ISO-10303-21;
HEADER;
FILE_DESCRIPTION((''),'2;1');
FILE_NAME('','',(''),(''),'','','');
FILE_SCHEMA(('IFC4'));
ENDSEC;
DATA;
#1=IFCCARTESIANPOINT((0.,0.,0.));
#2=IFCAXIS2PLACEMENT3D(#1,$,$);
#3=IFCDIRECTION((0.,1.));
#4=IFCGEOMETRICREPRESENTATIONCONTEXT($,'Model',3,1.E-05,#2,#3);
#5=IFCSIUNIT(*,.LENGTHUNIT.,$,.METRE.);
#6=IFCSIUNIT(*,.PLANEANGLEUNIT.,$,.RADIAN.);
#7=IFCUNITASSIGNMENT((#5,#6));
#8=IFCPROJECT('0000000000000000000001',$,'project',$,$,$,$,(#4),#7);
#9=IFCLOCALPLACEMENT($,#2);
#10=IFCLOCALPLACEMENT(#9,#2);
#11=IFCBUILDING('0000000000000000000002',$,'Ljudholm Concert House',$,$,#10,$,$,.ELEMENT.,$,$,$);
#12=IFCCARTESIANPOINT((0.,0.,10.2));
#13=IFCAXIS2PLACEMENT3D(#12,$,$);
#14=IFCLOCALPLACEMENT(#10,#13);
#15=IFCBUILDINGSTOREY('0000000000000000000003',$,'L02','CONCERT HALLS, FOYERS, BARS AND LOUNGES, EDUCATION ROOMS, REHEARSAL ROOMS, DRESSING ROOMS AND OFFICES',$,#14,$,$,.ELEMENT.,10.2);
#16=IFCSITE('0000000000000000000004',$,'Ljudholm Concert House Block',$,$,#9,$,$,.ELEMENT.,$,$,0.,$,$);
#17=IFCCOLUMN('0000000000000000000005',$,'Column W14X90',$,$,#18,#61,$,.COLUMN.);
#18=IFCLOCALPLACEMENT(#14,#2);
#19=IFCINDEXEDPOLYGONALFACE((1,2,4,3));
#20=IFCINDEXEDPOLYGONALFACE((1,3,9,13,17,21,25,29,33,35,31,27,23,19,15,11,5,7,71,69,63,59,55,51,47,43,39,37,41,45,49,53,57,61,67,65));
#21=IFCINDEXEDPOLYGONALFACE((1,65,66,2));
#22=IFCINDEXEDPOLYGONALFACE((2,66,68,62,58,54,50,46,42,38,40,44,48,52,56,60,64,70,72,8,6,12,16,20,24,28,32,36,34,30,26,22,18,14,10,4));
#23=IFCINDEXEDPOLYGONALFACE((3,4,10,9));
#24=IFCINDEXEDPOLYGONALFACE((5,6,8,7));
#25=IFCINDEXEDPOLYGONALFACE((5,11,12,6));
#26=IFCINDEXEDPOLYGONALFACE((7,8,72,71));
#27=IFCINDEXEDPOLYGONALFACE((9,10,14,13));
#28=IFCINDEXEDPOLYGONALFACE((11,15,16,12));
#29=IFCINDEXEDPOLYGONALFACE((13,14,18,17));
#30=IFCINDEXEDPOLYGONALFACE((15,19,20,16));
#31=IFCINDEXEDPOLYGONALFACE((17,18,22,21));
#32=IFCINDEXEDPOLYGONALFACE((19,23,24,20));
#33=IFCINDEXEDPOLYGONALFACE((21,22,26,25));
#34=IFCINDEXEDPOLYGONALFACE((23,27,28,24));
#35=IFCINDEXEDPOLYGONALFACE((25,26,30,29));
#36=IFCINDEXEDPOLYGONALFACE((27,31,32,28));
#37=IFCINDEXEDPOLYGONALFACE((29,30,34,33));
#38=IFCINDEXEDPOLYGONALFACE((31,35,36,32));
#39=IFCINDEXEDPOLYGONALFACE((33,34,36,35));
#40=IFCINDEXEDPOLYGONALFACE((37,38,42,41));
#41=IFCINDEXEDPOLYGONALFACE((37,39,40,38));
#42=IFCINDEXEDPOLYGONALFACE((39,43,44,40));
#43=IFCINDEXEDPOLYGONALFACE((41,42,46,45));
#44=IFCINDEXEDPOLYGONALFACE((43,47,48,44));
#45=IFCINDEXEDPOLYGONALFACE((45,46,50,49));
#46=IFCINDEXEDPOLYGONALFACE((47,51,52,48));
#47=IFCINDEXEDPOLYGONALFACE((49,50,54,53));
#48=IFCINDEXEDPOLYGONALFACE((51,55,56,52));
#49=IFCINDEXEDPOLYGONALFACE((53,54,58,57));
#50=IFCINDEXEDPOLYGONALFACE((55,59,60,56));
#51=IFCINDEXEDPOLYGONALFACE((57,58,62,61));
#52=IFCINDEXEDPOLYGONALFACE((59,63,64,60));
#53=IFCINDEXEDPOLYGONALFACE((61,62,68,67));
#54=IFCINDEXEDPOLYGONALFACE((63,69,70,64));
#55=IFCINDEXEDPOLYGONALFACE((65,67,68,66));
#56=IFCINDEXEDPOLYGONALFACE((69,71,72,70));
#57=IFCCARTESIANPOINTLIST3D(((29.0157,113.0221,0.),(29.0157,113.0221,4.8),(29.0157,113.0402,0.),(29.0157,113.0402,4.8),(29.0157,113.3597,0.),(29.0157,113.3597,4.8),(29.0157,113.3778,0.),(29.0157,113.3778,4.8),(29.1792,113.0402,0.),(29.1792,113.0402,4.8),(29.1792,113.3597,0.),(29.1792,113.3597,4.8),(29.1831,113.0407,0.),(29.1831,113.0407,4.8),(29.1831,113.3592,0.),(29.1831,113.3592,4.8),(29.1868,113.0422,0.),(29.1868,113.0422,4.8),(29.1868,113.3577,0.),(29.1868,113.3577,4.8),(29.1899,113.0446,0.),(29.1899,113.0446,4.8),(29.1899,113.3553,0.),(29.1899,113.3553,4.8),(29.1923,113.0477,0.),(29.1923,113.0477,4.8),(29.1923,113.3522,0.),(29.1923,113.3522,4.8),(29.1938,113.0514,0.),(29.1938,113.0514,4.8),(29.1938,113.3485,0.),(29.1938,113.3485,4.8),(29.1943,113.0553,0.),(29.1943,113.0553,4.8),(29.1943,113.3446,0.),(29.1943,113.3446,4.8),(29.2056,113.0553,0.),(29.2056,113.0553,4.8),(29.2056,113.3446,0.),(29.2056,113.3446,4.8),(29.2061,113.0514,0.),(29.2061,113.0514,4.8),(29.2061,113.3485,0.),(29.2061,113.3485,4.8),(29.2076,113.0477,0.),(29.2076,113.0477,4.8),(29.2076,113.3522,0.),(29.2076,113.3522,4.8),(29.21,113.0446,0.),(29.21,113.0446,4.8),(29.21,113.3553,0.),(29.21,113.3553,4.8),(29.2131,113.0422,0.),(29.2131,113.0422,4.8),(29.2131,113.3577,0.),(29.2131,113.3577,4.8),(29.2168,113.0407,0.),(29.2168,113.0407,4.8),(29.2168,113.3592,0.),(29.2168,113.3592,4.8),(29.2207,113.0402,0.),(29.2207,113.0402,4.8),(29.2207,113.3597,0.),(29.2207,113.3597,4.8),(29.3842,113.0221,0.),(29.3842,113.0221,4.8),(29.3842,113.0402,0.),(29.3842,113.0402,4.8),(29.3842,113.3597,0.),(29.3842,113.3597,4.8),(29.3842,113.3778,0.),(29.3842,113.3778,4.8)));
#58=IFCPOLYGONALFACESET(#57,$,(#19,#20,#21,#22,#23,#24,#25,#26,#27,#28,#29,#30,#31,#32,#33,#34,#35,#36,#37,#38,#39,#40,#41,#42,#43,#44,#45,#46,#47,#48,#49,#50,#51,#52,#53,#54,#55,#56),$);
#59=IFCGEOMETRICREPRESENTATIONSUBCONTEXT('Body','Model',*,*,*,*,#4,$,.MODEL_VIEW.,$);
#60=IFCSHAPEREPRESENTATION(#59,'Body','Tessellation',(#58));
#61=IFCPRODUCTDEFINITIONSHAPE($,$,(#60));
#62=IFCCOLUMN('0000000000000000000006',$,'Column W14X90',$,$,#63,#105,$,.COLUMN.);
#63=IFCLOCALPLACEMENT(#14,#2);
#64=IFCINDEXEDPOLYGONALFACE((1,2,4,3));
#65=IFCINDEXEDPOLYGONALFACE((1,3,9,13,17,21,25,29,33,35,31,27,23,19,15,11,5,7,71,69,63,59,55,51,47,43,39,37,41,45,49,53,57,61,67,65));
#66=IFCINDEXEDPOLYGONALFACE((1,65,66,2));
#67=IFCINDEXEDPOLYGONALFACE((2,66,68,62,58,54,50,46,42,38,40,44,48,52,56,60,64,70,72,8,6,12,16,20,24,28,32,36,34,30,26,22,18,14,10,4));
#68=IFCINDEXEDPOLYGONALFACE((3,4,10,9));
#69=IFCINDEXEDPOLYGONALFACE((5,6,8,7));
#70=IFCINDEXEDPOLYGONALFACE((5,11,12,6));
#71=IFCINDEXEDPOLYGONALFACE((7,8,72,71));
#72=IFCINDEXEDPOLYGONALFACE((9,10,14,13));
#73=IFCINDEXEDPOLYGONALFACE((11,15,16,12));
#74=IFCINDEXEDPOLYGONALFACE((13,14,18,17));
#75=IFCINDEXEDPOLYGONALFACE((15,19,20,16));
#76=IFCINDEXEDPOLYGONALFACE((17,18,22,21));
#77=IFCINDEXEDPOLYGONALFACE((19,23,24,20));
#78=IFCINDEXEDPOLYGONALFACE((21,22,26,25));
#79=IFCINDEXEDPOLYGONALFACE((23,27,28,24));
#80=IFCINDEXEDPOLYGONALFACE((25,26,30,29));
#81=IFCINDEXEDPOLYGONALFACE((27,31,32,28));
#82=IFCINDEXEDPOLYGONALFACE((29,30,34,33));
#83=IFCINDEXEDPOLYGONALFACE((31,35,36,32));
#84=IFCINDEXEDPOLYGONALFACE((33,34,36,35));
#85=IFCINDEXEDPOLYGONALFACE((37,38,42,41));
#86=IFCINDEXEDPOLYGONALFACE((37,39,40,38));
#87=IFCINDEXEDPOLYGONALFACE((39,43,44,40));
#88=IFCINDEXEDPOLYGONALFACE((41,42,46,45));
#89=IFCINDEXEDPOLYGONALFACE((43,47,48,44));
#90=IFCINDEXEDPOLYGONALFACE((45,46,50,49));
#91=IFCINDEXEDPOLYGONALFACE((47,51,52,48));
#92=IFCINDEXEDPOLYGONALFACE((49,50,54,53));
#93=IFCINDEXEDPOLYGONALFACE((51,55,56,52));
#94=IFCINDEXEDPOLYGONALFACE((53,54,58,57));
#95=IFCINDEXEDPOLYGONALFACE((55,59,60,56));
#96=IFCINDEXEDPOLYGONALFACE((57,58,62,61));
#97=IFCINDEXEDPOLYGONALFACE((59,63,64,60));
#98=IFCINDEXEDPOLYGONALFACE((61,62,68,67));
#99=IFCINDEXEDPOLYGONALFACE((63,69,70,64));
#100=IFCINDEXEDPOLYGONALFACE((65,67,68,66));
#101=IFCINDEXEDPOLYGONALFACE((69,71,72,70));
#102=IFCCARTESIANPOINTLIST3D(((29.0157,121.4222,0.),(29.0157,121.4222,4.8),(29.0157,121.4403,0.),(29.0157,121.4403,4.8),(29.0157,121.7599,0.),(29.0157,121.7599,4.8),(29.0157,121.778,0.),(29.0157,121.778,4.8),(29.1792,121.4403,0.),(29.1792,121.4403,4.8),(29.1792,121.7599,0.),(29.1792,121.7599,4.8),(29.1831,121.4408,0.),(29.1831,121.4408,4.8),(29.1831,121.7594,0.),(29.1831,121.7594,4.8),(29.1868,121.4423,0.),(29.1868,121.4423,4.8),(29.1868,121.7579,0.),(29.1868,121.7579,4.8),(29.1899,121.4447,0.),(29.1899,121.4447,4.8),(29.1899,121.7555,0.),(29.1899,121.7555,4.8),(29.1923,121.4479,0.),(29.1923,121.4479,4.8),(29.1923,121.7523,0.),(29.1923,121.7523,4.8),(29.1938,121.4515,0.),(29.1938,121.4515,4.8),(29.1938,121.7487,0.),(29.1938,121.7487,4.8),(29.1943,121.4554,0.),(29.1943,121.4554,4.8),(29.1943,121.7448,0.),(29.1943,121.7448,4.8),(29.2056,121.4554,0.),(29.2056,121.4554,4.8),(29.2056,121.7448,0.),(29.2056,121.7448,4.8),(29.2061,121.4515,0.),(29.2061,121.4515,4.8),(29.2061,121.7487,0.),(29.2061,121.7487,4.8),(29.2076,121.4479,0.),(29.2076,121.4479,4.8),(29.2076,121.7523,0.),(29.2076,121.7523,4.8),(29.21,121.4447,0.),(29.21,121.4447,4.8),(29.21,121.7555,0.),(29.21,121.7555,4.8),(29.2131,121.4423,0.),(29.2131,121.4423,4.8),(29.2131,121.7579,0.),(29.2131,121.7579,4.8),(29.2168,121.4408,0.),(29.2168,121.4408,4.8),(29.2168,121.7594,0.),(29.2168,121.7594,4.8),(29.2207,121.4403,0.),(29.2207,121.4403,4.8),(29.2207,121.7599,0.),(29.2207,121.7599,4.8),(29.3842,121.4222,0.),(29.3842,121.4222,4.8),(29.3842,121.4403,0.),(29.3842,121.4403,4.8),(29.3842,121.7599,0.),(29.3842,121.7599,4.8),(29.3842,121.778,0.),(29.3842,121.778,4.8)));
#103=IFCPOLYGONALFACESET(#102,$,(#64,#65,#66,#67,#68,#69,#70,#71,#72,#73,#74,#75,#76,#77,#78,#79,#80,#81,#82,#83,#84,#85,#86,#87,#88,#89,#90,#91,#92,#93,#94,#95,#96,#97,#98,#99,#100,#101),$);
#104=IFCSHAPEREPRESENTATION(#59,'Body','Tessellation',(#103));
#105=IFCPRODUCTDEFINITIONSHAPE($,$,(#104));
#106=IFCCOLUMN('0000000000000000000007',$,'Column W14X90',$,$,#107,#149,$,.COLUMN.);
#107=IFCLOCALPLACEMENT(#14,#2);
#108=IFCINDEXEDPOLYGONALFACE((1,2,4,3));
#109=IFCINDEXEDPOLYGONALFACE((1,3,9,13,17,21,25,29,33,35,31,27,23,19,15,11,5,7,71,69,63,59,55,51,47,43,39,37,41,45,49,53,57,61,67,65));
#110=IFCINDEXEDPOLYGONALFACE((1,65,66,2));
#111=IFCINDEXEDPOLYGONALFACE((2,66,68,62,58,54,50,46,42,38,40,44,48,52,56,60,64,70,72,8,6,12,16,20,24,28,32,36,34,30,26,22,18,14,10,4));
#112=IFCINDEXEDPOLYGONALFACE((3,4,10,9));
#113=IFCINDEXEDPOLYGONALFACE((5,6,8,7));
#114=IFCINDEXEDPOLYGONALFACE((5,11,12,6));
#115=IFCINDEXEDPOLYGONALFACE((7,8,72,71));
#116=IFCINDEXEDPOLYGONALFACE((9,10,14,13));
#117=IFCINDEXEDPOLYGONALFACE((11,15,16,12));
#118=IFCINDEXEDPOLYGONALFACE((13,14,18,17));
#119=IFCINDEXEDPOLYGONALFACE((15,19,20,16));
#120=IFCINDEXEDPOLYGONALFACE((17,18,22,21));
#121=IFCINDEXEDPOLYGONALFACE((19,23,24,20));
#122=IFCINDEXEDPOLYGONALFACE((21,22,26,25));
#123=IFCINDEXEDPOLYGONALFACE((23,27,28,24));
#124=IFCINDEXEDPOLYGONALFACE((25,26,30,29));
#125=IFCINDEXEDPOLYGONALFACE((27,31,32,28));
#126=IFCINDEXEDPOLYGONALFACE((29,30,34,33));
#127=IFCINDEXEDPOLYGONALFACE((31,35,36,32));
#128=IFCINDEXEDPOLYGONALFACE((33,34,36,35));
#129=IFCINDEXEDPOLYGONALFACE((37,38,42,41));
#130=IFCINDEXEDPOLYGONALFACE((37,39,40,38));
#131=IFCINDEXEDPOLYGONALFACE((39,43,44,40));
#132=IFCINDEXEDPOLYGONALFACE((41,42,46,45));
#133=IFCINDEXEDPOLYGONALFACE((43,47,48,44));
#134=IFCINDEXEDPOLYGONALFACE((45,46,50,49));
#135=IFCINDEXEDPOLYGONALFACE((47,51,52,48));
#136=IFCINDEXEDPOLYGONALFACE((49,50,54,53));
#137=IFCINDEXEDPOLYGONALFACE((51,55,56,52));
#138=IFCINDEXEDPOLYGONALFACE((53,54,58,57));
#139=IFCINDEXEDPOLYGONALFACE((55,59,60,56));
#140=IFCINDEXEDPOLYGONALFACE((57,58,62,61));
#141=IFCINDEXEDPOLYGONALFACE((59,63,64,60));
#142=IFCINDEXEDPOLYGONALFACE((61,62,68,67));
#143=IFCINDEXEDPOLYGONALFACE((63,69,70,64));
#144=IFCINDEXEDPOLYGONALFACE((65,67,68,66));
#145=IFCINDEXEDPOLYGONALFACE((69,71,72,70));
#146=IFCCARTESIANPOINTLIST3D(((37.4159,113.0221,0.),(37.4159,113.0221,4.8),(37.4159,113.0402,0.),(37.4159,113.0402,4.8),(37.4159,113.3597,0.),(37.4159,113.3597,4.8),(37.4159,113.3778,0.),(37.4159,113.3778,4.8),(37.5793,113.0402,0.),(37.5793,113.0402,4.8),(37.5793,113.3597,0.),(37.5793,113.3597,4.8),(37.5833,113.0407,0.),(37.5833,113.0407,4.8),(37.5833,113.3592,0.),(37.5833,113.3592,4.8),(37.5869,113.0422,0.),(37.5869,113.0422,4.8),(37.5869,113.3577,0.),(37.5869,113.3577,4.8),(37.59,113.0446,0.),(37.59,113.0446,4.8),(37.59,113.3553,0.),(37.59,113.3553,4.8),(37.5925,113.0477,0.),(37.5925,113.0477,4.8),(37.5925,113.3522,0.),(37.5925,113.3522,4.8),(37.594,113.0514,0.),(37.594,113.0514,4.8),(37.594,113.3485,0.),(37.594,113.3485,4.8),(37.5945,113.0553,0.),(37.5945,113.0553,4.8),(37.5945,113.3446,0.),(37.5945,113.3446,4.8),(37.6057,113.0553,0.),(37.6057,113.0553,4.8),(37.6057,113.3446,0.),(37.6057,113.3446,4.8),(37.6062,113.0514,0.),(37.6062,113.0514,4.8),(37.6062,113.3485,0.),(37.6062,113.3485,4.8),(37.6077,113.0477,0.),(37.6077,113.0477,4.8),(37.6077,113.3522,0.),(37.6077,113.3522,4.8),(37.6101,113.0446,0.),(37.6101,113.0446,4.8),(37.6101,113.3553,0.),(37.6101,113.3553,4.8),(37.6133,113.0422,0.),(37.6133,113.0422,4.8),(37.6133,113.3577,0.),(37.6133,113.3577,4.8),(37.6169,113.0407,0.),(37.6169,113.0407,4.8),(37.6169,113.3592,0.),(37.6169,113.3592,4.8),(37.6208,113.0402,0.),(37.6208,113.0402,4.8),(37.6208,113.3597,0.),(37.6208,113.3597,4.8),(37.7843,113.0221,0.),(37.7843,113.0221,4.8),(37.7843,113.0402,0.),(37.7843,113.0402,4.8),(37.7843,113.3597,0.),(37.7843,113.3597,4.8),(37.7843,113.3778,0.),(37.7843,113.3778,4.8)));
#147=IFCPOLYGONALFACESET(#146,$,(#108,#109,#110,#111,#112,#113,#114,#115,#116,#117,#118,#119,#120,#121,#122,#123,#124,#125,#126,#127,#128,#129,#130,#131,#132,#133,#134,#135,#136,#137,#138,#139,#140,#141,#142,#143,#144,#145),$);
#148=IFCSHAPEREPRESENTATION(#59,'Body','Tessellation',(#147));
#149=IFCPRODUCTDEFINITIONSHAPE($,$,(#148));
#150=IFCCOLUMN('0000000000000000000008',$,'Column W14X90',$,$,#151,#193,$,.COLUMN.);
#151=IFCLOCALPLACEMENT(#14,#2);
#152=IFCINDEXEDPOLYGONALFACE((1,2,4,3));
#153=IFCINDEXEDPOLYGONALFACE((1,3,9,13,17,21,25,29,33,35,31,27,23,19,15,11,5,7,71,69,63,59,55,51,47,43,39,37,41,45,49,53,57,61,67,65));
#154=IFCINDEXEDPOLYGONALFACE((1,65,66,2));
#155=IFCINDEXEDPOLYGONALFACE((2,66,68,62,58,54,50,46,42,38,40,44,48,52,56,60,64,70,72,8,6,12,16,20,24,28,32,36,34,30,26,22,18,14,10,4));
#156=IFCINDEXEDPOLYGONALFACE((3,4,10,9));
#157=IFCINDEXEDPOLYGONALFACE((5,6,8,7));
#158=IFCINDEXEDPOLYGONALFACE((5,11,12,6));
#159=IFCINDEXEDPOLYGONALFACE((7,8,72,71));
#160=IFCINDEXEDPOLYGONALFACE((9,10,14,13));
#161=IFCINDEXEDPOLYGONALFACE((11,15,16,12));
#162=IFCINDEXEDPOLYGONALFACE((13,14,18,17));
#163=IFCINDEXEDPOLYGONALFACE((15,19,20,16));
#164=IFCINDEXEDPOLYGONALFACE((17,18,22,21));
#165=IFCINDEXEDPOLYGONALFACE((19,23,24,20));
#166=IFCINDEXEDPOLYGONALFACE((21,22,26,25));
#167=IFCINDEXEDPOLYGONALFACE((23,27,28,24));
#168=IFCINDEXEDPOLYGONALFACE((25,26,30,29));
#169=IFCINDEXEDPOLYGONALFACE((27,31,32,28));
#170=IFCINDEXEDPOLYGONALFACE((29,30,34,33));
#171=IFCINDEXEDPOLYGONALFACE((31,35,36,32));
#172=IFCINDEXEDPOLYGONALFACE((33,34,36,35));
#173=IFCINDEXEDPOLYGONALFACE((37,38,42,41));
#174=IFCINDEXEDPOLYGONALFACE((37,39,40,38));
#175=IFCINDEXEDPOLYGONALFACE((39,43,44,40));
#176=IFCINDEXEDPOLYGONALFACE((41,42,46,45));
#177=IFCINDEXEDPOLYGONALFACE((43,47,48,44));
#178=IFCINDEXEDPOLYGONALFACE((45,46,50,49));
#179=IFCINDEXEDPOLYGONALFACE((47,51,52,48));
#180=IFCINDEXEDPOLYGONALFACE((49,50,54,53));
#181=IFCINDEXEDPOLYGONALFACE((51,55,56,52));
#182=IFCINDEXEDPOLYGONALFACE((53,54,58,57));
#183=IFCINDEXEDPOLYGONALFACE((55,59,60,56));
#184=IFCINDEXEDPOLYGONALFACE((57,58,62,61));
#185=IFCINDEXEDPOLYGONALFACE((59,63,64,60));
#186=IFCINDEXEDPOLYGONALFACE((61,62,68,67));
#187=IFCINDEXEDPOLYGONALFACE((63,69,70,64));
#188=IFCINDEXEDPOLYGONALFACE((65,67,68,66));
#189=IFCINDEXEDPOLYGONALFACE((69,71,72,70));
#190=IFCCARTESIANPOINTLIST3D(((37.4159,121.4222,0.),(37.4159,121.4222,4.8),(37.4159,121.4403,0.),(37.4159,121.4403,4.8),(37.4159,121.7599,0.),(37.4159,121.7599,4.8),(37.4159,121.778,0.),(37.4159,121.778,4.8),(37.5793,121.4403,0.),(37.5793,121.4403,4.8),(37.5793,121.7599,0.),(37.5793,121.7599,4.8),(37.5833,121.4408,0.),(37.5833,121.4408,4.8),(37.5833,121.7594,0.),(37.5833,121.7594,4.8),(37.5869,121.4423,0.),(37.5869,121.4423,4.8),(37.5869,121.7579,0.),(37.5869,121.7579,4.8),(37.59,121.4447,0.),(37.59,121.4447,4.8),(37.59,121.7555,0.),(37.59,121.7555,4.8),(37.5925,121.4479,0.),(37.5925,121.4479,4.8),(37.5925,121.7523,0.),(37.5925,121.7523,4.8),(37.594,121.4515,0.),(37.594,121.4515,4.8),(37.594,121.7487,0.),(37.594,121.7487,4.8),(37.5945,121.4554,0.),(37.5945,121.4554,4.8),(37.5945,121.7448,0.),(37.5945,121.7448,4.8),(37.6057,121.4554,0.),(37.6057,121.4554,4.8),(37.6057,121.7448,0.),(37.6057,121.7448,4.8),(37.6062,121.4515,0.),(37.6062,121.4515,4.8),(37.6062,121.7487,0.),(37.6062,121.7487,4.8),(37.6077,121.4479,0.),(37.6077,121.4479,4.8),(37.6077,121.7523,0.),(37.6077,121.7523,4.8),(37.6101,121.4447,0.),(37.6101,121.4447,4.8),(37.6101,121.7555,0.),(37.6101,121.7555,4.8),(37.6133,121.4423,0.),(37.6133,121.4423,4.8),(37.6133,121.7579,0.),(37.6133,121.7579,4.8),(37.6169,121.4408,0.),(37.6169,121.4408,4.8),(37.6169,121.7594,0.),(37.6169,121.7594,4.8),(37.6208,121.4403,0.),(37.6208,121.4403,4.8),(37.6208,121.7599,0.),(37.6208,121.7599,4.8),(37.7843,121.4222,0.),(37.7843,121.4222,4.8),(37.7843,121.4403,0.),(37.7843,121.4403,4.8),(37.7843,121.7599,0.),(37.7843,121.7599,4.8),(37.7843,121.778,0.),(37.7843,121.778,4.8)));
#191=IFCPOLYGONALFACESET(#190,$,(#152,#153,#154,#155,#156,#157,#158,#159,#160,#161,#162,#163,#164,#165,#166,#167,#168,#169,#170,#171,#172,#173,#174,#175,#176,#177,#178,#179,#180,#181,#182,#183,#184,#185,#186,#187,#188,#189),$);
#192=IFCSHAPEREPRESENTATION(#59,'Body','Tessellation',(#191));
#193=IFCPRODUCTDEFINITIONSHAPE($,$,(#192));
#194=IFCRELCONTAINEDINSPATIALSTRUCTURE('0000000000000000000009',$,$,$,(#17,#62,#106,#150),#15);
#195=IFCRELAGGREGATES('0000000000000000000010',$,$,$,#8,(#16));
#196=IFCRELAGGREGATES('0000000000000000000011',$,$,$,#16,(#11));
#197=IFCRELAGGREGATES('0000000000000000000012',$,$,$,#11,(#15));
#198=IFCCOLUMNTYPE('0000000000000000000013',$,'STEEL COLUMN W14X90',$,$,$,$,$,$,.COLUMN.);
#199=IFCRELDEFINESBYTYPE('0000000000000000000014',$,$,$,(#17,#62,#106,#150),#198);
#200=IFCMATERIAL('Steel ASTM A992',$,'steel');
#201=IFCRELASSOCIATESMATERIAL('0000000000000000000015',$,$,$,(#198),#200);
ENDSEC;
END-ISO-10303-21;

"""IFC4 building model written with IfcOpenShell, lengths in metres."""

from ifc_helpers import new_model, si_unit, direction, frame, origin, origin_2d, place, context, subcontext, project, spatial, i_section, extrude, material, material_profile, profile_set, type_object, element, save


model = new_model("IFC4")

# Units and contexts
model_context = context("Model", 3, precision=1e-05, world=origin(), true_north=direction((0.0, 1.0)))
body_context = subcontext(model_context, "Body", "Model", "MODEL_VIEW")
ifc_project = project(units=[si_unit("LENGTHUNIT", "METRE"), si_unit("PLANEANGLEUNIT", "RADIAN")], contexts=[model_context])

# Site, building, storey
site_placement = place(None, origin())
site = spatial("IfcSite", under=ifc_project, at=site_placement, Name="Ljudholm Concert House Block", CompositionType="ELEMENT", RefElevation=0.0)
building_placement = place(site_placement, origin())
building = spatial("IfcBuilding", under=site, at=building_placement, Name="Ljudholm Concert House", CompositionType="ELEMENT")
storey_placement = place(building_placement, frame((0.0, 0.0, 10.2)))
storey = spatial("IfcBuildingStorey", under=building, at=storey_placement, Name="L02", Description="CONCERT HALLS, FOYERS, BARS AND LOUNGES, EDUCATION ROOMS, REHEARSAL ROOMS, DRESSING ROOMS AND OFFICES", CompositionType="ELEMENT", Elevation=10.2)

# Columns
ifc_material_1 = material(Name="Steel ASTM A992", Category="steel")
ifc_material_profile_1 = material_profile(ifc_material_1, i_section(OverallWidth=0.3684, OverallDepth=0.3557, WebThickness=0.0112, FlangeThickness=0.0181, FilletRadius=0.0151, at=origin_2d()), Name="W14X90")
ifc_profile_set_1 = profile_set([ifc_material_profile_1], Name="Steel ASTM A992")
column_type = type_object("IfcColumnType", Name="STEEL COLUMN W14X90", PredefinedType="COLUMN", material=ifc_profile_set_1)
for number, where, z_axis, x_axis, name in (
    (1, (29.2, 113.2, 0.0), (0.0, 0.0, 1.0), (1.0, 0.0, 0.0), "Column W14X90"),
    (2, (29.2, 121.6001, 0.0), (0.0, 0.0, 1.0), (1.0, 0.0, 0.0), "Column W14X90"),
    (3, (37.6001, 113.2, 0.0), (0.0, 0.0, 1.0), (1.0, 0.0, 0.0), "Column W14X90"),
    (4, (37.6001, 121.6001, 0.0), (0.0, 0.0, 1.0), (1.0, 0.0, 0.0), "Column W14X90"),
):
    element("IfcColumn", number, at=place(storey_placement, frame(where, z_axis=z_axis, x_axis=x_axis)), inside=storey, type_object=column_type, Name=name, PredefinedType="COLUMN", context=body_context, shape_type="SweptSolid", body=[
        extrude(i_section(OverallWidth=0.3684, OverallDepth=0.3557, WebThickness=0.0112, FlangeThickness=0.0181, FilletRadius=0.0151, at=origin_2d()), origin(), (0.0, 0.0, 1.0), 4.8),
    ])

save(model, "model.ifc")
